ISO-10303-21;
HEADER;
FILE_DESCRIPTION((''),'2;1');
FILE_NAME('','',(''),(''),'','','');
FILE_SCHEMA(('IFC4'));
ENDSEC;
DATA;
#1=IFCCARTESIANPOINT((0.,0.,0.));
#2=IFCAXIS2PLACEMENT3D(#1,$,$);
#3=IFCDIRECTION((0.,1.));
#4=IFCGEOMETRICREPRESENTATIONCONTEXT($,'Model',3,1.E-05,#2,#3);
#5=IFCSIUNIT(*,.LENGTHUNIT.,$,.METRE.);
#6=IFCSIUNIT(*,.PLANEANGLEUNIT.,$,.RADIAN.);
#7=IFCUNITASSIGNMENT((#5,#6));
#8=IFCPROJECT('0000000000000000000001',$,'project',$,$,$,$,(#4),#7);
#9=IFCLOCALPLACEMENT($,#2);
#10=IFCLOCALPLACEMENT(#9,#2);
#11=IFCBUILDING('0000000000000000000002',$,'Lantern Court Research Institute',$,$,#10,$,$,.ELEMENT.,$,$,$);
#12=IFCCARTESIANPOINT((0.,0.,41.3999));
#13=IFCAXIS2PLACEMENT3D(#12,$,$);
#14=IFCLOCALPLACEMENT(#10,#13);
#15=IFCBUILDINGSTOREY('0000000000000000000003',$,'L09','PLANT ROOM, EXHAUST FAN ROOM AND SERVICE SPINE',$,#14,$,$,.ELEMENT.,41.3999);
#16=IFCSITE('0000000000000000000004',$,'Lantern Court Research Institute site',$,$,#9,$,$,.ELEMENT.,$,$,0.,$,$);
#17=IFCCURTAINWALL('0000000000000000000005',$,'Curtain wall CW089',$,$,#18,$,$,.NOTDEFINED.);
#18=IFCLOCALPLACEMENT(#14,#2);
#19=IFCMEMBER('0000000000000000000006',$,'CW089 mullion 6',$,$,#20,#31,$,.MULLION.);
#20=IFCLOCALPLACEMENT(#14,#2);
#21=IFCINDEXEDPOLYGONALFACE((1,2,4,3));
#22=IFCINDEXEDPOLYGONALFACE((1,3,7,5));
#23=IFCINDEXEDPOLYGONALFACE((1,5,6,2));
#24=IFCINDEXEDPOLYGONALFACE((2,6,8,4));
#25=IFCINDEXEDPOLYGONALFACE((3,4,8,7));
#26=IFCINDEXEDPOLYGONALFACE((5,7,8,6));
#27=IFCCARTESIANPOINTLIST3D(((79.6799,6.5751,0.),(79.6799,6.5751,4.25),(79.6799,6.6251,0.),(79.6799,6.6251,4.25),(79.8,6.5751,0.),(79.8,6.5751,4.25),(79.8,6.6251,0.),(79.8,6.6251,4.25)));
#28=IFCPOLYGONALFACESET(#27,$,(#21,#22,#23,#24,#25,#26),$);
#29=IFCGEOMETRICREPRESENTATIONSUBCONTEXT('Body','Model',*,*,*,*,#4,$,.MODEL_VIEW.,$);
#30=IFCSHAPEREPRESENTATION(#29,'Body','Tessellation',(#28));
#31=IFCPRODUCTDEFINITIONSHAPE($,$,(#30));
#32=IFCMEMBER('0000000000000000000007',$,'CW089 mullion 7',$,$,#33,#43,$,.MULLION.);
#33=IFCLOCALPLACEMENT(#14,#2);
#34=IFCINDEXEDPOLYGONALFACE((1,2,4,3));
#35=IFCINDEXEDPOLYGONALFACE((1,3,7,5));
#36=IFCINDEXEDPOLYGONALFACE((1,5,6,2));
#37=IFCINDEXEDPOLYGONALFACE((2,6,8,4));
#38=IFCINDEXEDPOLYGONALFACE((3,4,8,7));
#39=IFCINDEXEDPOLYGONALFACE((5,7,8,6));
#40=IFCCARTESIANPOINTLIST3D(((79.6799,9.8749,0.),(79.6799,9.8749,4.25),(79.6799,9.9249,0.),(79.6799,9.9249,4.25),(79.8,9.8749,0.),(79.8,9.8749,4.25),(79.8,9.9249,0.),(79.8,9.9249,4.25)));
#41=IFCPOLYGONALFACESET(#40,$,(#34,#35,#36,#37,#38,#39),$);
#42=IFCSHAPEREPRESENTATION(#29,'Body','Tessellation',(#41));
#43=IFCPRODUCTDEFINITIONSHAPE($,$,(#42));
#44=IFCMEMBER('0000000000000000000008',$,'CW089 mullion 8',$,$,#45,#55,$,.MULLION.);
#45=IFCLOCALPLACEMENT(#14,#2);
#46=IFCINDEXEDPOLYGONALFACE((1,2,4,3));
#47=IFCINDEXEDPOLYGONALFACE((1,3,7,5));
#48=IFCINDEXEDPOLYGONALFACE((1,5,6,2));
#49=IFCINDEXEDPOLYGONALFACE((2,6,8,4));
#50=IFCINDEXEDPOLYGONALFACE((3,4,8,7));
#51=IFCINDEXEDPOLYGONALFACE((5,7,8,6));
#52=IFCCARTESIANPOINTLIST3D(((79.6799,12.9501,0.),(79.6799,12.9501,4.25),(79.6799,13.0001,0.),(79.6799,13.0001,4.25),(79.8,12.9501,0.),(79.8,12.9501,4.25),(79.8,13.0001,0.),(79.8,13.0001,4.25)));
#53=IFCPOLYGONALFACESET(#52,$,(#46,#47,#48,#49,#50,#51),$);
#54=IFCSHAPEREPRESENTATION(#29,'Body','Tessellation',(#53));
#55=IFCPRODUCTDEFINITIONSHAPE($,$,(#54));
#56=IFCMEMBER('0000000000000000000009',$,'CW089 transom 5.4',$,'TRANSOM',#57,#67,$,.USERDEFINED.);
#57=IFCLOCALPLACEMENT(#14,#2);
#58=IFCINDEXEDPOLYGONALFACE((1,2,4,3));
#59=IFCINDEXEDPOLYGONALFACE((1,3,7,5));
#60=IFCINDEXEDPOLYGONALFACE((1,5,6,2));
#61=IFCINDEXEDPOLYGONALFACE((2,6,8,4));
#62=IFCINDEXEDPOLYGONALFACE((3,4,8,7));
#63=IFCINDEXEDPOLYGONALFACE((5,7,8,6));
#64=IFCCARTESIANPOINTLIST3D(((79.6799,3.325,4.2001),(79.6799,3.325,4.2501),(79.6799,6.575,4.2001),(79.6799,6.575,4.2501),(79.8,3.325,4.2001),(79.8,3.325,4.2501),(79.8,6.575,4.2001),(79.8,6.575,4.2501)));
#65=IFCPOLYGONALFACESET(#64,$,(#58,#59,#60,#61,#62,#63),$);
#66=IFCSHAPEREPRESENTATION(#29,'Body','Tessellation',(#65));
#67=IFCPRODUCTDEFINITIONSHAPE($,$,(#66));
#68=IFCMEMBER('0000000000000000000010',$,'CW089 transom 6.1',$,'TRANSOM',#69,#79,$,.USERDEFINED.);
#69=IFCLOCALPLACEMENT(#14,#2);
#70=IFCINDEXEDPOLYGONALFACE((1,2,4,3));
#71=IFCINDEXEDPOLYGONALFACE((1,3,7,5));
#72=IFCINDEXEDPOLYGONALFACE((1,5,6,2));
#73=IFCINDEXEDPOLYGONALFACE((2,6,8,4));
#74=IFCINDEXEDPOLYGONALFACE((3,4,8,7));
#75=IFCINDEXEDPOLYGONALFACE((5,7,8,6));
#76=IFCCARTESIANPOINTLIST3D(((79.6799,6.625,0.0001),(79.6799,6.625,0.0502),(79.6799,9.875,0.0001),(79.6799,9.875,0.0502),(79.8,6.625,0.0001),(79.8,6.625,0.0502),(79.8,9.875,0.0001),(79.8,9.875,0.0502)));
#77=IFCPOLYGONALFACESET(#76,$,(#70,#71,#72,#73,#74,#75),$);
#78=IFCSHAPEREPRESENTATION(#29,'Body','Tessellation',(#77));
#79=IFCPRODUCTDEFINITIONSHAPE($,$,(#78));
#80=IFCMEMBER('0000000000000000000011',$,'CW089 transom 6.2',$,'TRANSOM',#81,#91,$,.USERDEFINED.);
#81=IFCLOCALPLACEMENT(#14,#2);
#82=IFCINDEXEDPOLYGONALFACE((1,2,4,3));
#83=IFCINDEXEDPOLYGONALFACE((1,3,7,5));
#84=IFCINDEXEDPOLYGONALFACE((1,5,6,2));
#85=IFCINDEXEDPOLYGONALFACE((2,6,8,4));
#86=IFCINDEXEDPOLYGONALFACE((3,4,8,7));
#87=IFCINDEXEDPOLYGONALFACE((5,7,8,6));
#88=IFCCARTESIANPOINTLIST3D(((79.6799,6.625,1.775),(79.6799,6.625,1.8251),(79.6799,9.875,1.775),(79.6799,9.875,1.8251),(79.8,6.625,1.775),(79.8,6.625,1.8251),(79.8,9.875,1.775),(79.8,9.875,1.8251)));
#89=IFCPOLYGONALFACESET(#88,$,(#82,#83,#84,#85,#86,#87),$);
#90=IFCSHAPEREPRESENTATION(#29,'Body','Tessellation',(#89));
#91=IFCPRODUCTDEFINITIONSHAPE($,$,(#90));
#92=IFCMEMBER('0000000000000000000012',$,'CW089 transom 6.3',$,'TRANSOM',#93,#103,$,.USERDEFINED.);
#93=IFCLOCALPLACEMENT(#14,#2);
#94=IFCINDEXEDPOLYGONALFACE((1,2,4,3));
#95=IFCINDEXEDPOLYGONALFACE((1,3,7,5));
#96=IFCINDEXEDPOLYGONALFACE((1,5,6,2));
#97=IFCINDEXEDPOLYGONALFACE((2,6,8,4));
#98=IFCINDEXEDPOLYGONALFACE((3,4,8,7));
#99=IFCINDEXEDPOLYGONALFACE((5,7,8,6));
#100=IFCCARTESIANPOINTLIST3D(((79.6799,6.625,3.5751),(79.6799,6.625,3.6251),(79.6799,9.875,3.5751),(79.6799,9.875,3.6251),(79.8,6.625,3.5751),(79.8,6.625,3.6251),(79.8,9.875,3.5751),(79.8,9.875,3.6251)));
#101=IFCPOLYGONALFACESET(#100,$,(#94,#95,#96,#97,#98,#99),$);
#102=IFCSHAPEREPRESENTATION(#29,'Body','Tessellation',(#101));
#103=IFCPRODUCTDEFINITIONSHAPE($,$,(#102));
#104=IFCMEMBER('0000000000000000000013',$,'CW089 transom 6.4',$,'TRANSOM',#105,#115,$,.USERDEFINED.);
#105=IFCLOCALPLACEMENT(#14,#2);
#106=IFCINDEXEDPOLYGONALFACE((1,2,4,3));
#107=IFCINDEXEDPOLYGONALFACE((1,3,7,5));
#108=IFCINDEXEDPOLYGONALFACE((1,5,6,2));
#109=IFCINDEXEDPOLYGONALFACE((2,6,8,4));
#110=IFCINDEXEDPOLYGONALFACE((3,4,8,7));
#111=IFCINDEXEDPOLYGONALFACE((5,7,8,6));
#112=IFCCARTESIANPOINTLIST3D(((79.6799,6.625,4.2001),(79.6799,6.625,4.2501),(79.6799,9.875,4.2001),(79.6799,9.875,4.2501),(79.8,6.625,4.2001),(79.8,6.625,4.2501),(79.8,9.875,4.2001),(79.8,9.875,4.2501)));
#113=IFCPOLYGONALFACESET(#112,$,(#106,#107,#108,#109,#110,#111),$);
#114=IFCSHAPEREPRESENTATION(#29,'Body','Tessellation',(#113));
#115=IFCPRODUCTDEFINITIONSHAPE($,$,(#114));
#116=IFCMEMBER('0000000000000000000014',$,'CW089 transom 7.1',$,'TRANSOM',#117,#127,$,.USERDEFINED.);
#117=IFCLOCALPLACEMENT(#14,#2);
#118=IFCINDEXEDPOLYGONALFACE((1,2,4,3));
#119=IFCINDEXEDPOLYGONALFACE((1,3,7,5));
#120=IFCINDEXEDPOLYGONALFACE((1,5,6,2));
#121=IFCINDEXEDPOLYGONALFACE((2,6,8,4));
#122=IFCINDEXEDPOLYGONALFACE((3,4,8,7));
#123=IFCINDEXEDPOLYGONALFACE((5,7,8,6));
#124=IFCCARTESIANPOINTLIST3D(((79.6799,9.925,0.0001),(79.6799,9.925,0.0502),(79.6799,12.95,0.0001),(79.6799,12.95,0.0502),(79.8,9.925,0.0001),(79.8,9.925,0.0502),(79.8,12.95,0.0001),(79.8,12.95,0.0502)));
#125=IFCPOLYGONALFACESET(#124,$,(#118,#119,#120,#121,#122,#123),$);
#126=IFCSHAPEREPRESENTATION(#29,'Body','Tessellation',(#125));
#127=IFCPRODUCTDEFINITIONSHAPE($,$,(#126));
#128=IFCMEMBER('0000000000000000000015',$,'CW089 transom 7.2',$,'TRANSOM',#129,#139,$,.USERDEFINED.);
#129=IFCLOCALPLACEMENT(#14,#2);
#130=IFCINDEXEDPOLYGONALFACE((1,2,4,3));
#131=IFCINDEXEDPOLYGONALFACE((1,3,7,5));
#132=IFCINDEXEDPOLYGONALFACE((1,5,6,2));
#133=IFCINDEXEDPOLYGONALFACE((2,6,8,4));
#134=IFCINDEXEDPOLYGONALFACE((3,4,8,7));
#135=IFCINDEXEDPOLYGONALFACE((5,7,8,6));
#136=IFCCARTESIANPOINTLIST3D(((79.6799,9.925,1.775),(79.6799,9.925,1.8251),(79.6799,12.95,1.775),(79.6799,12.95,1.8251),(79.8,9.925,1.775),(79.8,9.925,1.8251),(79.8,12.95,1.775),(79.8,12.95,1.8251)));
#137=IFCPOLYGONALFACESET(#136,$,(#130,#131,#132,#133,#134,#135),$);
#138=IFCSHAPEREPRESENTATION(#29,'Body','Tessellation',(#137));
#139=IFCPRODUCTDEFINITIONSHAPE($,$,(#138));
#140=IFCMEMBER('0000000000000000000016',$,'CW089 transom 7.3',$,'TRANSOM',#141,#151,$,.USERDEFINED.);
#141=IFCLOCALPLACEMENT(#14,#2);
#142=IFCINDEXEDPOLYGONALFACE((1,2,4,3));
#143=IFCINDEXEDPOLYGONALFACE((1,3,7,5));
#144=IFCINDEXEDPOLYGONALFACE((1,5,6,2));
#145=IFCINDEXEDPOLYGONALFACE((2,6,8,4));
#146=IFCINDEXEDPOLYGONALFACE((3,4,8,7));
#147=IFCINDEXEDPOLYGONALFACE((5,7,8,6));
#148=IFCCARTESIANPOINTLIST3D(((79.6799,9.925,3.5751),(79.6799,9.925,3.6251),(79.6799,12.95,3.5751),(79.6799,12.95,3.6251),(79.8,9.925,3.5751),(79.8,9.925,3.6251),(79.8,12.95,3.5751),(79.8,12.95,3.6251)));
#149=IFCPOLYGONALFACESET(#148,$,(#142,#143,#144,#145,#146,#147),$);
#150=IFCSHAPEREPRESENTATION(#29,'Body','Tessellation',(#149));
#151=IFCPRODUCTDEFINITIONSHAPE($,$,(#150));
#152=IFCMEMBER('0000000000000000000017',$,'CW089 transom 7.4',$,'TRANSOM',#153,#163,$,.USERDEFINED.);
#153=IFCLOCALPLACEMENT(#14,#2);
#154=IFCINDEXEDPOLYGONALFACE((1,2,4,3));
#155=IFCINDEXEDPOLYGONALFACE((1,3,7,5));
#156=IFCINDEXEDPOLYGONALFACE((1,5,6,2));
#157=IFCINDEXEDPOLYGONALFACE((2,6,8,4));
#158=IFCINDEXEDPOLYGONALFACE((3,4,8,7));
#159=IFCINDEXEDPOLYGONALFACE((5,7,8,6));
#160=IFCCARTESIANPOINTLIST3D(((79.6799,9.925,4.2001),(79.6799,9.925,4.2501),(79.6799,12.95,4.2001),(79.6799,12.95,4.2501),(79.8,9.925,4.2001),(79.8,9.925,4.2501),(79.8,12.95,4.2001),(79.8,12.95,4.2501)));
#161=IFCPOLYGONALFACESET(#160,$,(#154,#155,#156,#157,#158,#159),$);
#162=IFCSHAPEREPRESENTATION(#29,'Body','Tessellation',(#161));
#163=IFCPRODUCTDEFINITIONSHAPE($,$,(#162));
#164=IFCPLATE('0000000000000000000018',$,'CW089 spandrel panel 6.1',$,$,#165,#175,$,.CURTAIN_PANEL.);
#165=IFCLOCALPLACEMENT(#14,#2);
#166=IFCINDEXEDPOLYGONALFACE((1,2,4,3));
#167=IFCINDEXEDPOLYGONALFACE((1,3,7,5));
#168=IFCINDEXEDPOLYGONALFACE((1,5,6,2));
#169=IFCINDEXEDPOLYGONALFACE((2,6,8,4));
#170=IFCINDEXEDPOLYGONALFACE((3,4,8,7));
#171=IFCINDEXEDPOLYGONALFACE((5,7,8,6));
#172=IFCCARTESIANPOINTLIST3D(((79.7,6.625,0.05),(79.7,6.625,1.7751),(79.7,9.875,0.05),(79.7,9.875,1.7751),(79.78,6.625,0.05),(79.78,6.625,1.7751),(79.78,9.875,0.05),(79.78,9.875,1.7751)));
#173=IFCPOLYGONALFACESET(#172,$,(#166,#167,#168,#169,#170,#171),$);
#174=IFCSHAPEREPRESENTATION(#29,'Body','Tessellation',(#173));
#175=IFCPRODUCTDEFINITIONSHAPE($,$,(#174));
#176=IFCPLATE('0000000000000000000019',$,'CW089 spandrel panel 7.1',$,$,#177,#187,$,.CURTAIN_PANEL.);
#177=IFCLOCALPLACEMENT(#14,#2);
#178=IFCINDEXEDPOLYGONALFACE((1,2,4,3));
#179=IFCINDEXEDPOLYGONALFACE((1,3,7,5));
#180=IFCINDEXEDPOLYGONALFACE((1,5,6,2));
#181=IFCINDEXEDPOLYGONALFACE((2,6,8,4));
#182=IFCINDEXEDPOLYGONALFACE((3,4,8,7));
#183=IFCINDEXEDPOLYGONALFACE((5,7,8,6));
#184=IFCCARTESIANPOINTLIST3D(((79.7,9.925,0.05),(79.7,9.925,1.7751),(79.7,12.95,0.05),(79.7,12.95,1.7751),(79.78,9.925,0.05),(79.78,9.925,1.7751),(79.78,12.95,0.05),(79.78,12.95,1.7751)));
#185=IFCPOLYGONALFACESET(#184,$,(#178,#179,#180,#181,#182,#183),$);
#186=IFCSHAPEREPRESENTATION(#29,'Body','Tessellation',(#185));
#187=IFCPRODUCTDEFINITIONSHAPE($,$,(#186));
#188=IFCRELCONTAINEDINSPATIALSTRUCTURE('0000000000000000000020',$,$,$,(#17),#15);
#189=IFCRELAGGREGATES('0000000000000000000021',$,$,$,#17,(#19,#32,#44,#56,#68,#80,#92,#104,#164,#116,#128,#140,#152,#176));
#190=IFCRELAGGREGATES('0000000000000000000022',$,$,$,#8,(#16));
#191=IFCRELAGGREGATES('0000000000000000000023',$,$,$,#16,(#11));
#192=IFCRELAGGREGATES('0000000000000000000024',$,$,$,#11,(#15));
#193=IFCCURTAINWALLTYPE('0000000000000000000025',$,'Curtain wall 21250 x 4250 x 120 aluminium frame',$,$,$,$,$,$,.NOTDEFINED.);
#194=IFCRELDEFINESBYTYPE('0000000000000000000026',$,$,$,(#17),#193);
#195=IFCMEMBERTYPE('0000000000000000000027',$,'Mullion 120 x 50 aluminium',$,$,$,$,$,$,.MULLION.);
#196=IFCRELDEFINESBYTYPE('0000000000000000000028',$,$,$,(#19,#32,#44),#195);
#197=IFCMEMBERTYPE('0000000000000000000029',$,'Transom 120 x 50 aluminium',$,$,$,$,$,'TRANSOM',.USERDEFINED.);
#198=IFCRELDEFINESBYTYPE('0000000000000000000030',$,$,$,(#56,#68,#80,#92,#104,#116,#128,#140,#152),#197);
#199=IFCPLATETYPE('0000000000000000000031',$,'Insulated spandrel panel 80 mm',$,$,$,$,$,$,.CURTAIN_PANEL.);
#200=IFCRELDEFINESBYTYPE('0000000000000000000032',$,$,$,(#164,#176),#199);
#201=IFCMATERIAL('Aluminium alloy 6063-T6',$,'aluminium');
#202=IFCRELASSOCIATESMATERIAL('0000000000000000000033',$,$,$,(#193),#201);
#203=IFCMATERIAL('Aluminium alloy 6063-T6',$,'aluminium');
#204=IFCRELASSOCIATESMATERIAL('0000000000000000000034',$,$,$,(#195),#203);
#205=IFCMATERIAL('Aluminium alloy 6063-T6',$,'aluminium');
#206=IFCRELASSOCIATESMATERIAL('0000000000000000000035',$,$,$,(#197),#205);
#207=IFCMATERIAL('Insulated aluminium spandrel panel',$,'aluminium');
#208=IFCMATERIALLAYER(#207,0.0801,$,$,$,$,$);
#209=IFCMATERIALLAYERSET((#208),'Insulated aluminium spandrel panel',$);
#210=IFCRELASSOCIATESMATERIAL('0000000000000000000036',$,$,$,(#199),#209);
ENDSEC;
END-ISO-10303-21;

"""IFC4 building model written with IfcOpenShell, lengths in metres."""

from ifc_helpers import new_model, si_unit, direction, frame, origin, origin_2d, place, context, subcontext, project, spatial, rectangle, extrude, material, layer, layer_set, material_profile, profile_set, type_object, element, aggregate, save


model = new_model("IFC4")

# Units and contexts
model_context = context("Model", 3, precision=1e-05, world=origin(), true_north=direction((0.0, 1.0)))
body_context = subcontext(model_context, "Body", "Model", "MODEL_VIEW")
ifc_project = project(units=[si_unit("LENGTHUNIT", "METRE"), si_unit("PLANEANGLEUNIT", "RADIAN")], contexts=[model_context])

# Site, building, storey
site_placement = place(None, origin())
site = spatial("IfcSite", under=ifc_project, at=site_placement, Name="Lantern Court Research Institute site", CompositionType="ELEMENT", RefElevation=0.0)
building_placement = place(site_placement, origin())
building = spatial("IfcBuilding", under=site, at=building_placement, Name="Lantern Court Research Institute", CompositionType="ELEMENT")
storey_placement = place(building_placement, frame((0.0, 0.0, 41.3999)))
storey = spatial("IfcBuildingStorey", under=building, at=storey_placement, Name="L09", Description="PLANT ROOM, EXHAUST FAN ROOM AND SERVICE SPINE", CompositionType="ELEMENT", Elevation=41.3999)

# Curtain wall, members, plates
ifc_material_1 = material(Name="Aluminium alloy 6063-T6", Category="aluminium")
curtain_wall_type = type_object("IfcCurtainWallType", Name="Curtain wall 21250 x 4250 x 120 aluminium frame", PredefinedType="NOTDEFINED", material=ifc_material_1)
curtain_wall_placement = place(storey_placement, origin())
curtain_wall = element("IfcCurtainWall", 1, at=curtain_wall_placement, inside=storey, type_object=curtain_wall_type, Name="Curtain wall CW089", PredefinedType="NOTDEFINED")
ifc_material_2 = material(Name="Aluminium alloy 6063-T6", Category="aluminium")
ifc_material_profile_1 = material_profile(ifc_material_2, rectangle(XDim=0.1201, YDim=0.05, at=origin_2d()), Name="Mullion 120 x 50")
ifc_profile_set_1 = profile_set([ifc_material_profile_1], Name="Aluminium alloy 6063-T6")
member_type_1 = type_object("IfcMemberType", Name="Mullion 120 x 50 aluminium", PredefinedType="MULLION", material=ifc_profile_set_1)
member_1_placement = place(storey_placement, frame((79.74, 6.6001, 0.0), z_axis=(0.0, 0.0, 1.0), x_axis=(1.0, 0.0, 0.0)))
member_1 = element("IfcMember", 2, at=member_1_placement, type_object=member_type_1, Name="CW089 mullion 6", PredefinedType="MULLION", context=body_context, shape_type="SweptSolid", body=[
    extrude(rectangle(XDim=0.1201, YDim=0.05, at=origin_2d()), origin(), (0.0, 0.0, 1.0), 4.25),
])
member_2_placement = place(storey_placement, frame((79.74, 9.8999, 0.0), z_axis=(0.0, 0.0, 1.0), x_axis=(1.0, 0.0, 0.0)))
member_2 = element("IfcMember", 3, at=member_2_placement, type_object=member_type_1, Name="CW089 mullion 7", PredefinedType="MULLION", context=body_context, shape_type="SweptSolid", body=[
    extrude(rectangle(XDim=0.1201, YDim=0.05, at=origin_2d()), origin(), (0.0, 0.0, 1.0), 4.25),
])
member_3_placement = place(storey_placement, frame((79.74, 12.9751, 0.0), z_axis=(0.0, 0.0, 1.0), x_axis=(1.0, 0.0, 0.0)))
member_3 = element("IfcMember", 4, at=member_3_placement, type_object=member_type_1, Name="CW089 mullion 8", PredefinedType="MULLION", context=body_context, shape_type="SweptSolid", body=[
    extrude(rectangle(XDim=0.1201, YDim=0.05, at=origin_2d()), origin(), (0.0, 0.0, 1.0), 4.25),
])
ifc_material_3 = material(Name="Aluminium alloy 6063-T6", Category="aluminium")
ifc_material_profile_2 = material_profile(ifc_material_3, rectangle(XDim=0.1201, YDim=0.05, at=origin_2d()), Name="Transom 120 x 50")
ifc_profile_set_2 = profile_set([ifc_material_profile_2], Name="Aluminium alloy 6063-T6")
member_type_2 = type_object("IfcMemberType", Name="Transom 120 x 50 aluminium", ElementType="TRANSOM", PredefinedType="USERDEFINED", material=ifc_profile_set_2)
member_4_placement = place(storey_placement, frame((79.74, 6.575, 4.2251), z_axis=(0.0, -1.0, 0.0), x_axis=(1.0, 0.0, 0.0)))
member_4 = element("IfcMember", 5, at=member_4_placement, type_object=member_type_2, Name="CW089 transom 5.4", ObjectType="TRANSOM", PredefinedType="USERDEFINED", context=body_context, shape_type="SweptSolid", body=[
    extrude(rectangle(XDim=0.1201, YDim=0.05, at=origin_2d()), origin(), (0.0, 0.0, 1.0), 3.25),
])
member_5_placement = place(storey_placement, frame((79.74, 9.875, 0.0251), z_axis=(0.0, -1.0, 0.0), x_axis=(1.0, 0.0, 0.0)))
member_5 = element("IfcMember", 6, at=member_5_placement, type_object=member_type_2, Name="CW089 transom 6.1", ObjectType="TRANSOM", PredefinedType="USERDEFINED", context=body_context, shape_type="SweptSolid", body=[
    extrude(rectangle(XDim=0.1201, YDim=0.05, at=origin_2d()), origin(), (0.0, 0.0, 1.0), 3.25),
])
member_6_placement = place(storey_placement, frame((79.74, 9.875, 1.8), z_axis=(0.0, -1.0, 0.0), x_axis=(1.0, 0.0, 0.0)))
member_6 = element("IfcMember", 7, at=member_6_placement, type_object=member_type_2, Name="CW089 transom 6.2", ObjectType="TRANSOM", PredefinedType="USERDEFINED", context=body_context, shape_type="SweptSolid", body=[
    extrude(rectangle(XDim=0.1201, YDim=0.05, at=origin_2d()), origin(), (0.0, 0.0, 1.0), 3.25),
])
member_7_placement = place(storey_placement, frame((79.74, 9.875, 3.6001), z_axis=(0.0, -1.0, 0.0), x_axis=(1.0, 0.0, 0.0)))
member_7 = element("IfcMember", 8, at=member_7_placement, type_object=member_type_2, Name="CW089 transom 6.3", ObjectType="TRANSOM", PredefinedType="USERDEFINED", context=body_context, shape_type="SweptSolid", body=[
    extrude(rectangle(XDim=0.1201, YDim=0.05, at=origin_2d()), origin(), (0.0, 0.0, 1.0), 3.25),
])
member_8_placement = place(storey_placement, frame((79.74, 9.875, 4.2251), z_axis=(0.0, -1.0, 0.0), x_axis=(1.0, 0.0, 0.0)))
member_8 = element("IfcMember", 9, at=member_8_placement, type_object=member_type_2, Name="CW089 transom 6.4", ObjectType="TRANSOM", PredefinedType="USERDEFINED", context=body_context, shape_type="SweptSolid", body=[
    extrude(rectangle(XDim=0.1201, YDim=0.05, at=origin_2d()), origin(), (0.0, 0.0, 1.0), 3.25),
])
member_9_placement = place(storey_placement, frame((79.74, 12.95, 0.0251), z_axis=(0.0, -1.0, 0.0), x_axis=(1.0, 0.0, 0.0)))
member_9 = element("IfcMember", 10, at=member_9_placement, type_object=member_type_2, Name="CW089 transom 7.1", ObjectType="TRANSOM", PredefinedType="USERDEFINED", context=body_context, shape_type="SweptSolid", body=[
    extrude(rectangle(XDim=0.1201, YDim=0.05, at=origin_2d()), origin(), (0.0, 0.0, 1.0), 3.0249),
])
member_10_placement = place(storey_placement, frame((79.74, 12.95, 1.8), z_axis=(0.0, -1.0, 0.0), x_axis=(1.0, 0.0, 0.0)))
member_10 = element("IfcMember", 11, at=member_10_placement, type_object=member_type_2, Name="CW089 transom 7.2", ObjectType="TRANSOM", PredefinedType="USERDEFINED", context=body_context, shape_type="SweptSolid", body=[
    extrude(rectangle(XDim=0.1201, YDim=0.05, at=origin_2d()), origin(), (0.0, 0.0, 1.0), 3.0249),
])
member_11_placement = place(storey_placement, frame((79.74, 12.95, 3.6001), z_axis=(0.0, -1.0, 0.0), x_axis=(1.0, 0.0, 0.0)))
member_11 = element("IfcMember", 12, at=member_11_placement, type_object=member_type_2, Name="CW089 transom 7.3", ObjectType="TRANSOM", PredefinedType="USERDEFINED", context=body_context, shape_type="SweptSolid", body=[
    extrude(rectangle(XDim=0.1201, YDim=0.05, at=origin_2d()), origin(), (0.0, 0.0, 1.0), 3.0249),
])
member_12_placement = place(storey_placement, frame((79.74, 12.95, 4.2251), z_axis=(0.0, -1.0, 0.0), x_axis=(1.0, 0.0, 0.0)))
member_12 = element("IfcMember", 13, at=member_12_placement, type_object=member_type_2, Name="CW089 transom 7.4", ObjectType="TRANSOM", PredefinedType="USERDEFINED", context=body_context, shape_type="SweptSolid", body=[
    extrude(rectangle(XDim=0.1201, YDim=0.05, at=origin_2d()), origin(), (0.0, 0.0, 1.0), 3.0249),
])
ifc_material_4 = material(Name="Insulated aluminium spandrel panel", Category="aluminium")
ifc_layer_1 = layer(ifc_material_4, 0.0801)
ifc_layer_set_1 = layer_set([ifc_layer_1], Name="Insulated aluminium spandrel panel")
plate_type_1 = type_object("IfcPlateType", Name="Insulated spandrel panel 80 mm", PredefinedType="CURTAIN_PANEL", material=ifc_layer_set_1)
plate_1_placement = place(storey_placement, frame((79.74, 8.25, 0.05), z_axis=(0.0, 0.0, 1.0), x_axis=(0.0, -1.0, 0.0)))
plate_1 = element("IfcPlate", 14, at=plate_1_placement, type_object=plate_type_1, Name="CW089 spandrel panel 6.1", PredefinedType="CURTAIN_PANEL", context=body_context, shape_type="SweptSolid", body=[
    extrude(rectangle(XDim=3.25, YDim=0.0801, at=origin_2d()), origin(), (0.0, 0.0, 1.0), 1.7251),
])
plate_2_placement = place(storey_placement, frame((79.74, 11.4375, 0.05), z_axis=(0.0, 0.0, 1.0), x_axis=(0.0, -1.0, 0.0)))
plate_2 = element("IfcPlate", 15, at=plate_2_placement, type_object=plate_type_1, Name="CW089 spandrel panel 7.1", PredefinedType="CURTAIN_PANEL", context=body_context, shape_type="SweptSolid", body=[
    extrude(rectangle(XDim=3.0249, YDim=0.0801, at=origin_2d()), origin(), (0.0, 0.0, 1.0), 1.7251),
])
aggregate(curtain_wall, [member_1, member_2, member_3, member_4, member_5, member_6, member_7, member_8, plate_1, member_9, member_10, member_11, member_12, plate_2])

save(model, "model.ifc")
